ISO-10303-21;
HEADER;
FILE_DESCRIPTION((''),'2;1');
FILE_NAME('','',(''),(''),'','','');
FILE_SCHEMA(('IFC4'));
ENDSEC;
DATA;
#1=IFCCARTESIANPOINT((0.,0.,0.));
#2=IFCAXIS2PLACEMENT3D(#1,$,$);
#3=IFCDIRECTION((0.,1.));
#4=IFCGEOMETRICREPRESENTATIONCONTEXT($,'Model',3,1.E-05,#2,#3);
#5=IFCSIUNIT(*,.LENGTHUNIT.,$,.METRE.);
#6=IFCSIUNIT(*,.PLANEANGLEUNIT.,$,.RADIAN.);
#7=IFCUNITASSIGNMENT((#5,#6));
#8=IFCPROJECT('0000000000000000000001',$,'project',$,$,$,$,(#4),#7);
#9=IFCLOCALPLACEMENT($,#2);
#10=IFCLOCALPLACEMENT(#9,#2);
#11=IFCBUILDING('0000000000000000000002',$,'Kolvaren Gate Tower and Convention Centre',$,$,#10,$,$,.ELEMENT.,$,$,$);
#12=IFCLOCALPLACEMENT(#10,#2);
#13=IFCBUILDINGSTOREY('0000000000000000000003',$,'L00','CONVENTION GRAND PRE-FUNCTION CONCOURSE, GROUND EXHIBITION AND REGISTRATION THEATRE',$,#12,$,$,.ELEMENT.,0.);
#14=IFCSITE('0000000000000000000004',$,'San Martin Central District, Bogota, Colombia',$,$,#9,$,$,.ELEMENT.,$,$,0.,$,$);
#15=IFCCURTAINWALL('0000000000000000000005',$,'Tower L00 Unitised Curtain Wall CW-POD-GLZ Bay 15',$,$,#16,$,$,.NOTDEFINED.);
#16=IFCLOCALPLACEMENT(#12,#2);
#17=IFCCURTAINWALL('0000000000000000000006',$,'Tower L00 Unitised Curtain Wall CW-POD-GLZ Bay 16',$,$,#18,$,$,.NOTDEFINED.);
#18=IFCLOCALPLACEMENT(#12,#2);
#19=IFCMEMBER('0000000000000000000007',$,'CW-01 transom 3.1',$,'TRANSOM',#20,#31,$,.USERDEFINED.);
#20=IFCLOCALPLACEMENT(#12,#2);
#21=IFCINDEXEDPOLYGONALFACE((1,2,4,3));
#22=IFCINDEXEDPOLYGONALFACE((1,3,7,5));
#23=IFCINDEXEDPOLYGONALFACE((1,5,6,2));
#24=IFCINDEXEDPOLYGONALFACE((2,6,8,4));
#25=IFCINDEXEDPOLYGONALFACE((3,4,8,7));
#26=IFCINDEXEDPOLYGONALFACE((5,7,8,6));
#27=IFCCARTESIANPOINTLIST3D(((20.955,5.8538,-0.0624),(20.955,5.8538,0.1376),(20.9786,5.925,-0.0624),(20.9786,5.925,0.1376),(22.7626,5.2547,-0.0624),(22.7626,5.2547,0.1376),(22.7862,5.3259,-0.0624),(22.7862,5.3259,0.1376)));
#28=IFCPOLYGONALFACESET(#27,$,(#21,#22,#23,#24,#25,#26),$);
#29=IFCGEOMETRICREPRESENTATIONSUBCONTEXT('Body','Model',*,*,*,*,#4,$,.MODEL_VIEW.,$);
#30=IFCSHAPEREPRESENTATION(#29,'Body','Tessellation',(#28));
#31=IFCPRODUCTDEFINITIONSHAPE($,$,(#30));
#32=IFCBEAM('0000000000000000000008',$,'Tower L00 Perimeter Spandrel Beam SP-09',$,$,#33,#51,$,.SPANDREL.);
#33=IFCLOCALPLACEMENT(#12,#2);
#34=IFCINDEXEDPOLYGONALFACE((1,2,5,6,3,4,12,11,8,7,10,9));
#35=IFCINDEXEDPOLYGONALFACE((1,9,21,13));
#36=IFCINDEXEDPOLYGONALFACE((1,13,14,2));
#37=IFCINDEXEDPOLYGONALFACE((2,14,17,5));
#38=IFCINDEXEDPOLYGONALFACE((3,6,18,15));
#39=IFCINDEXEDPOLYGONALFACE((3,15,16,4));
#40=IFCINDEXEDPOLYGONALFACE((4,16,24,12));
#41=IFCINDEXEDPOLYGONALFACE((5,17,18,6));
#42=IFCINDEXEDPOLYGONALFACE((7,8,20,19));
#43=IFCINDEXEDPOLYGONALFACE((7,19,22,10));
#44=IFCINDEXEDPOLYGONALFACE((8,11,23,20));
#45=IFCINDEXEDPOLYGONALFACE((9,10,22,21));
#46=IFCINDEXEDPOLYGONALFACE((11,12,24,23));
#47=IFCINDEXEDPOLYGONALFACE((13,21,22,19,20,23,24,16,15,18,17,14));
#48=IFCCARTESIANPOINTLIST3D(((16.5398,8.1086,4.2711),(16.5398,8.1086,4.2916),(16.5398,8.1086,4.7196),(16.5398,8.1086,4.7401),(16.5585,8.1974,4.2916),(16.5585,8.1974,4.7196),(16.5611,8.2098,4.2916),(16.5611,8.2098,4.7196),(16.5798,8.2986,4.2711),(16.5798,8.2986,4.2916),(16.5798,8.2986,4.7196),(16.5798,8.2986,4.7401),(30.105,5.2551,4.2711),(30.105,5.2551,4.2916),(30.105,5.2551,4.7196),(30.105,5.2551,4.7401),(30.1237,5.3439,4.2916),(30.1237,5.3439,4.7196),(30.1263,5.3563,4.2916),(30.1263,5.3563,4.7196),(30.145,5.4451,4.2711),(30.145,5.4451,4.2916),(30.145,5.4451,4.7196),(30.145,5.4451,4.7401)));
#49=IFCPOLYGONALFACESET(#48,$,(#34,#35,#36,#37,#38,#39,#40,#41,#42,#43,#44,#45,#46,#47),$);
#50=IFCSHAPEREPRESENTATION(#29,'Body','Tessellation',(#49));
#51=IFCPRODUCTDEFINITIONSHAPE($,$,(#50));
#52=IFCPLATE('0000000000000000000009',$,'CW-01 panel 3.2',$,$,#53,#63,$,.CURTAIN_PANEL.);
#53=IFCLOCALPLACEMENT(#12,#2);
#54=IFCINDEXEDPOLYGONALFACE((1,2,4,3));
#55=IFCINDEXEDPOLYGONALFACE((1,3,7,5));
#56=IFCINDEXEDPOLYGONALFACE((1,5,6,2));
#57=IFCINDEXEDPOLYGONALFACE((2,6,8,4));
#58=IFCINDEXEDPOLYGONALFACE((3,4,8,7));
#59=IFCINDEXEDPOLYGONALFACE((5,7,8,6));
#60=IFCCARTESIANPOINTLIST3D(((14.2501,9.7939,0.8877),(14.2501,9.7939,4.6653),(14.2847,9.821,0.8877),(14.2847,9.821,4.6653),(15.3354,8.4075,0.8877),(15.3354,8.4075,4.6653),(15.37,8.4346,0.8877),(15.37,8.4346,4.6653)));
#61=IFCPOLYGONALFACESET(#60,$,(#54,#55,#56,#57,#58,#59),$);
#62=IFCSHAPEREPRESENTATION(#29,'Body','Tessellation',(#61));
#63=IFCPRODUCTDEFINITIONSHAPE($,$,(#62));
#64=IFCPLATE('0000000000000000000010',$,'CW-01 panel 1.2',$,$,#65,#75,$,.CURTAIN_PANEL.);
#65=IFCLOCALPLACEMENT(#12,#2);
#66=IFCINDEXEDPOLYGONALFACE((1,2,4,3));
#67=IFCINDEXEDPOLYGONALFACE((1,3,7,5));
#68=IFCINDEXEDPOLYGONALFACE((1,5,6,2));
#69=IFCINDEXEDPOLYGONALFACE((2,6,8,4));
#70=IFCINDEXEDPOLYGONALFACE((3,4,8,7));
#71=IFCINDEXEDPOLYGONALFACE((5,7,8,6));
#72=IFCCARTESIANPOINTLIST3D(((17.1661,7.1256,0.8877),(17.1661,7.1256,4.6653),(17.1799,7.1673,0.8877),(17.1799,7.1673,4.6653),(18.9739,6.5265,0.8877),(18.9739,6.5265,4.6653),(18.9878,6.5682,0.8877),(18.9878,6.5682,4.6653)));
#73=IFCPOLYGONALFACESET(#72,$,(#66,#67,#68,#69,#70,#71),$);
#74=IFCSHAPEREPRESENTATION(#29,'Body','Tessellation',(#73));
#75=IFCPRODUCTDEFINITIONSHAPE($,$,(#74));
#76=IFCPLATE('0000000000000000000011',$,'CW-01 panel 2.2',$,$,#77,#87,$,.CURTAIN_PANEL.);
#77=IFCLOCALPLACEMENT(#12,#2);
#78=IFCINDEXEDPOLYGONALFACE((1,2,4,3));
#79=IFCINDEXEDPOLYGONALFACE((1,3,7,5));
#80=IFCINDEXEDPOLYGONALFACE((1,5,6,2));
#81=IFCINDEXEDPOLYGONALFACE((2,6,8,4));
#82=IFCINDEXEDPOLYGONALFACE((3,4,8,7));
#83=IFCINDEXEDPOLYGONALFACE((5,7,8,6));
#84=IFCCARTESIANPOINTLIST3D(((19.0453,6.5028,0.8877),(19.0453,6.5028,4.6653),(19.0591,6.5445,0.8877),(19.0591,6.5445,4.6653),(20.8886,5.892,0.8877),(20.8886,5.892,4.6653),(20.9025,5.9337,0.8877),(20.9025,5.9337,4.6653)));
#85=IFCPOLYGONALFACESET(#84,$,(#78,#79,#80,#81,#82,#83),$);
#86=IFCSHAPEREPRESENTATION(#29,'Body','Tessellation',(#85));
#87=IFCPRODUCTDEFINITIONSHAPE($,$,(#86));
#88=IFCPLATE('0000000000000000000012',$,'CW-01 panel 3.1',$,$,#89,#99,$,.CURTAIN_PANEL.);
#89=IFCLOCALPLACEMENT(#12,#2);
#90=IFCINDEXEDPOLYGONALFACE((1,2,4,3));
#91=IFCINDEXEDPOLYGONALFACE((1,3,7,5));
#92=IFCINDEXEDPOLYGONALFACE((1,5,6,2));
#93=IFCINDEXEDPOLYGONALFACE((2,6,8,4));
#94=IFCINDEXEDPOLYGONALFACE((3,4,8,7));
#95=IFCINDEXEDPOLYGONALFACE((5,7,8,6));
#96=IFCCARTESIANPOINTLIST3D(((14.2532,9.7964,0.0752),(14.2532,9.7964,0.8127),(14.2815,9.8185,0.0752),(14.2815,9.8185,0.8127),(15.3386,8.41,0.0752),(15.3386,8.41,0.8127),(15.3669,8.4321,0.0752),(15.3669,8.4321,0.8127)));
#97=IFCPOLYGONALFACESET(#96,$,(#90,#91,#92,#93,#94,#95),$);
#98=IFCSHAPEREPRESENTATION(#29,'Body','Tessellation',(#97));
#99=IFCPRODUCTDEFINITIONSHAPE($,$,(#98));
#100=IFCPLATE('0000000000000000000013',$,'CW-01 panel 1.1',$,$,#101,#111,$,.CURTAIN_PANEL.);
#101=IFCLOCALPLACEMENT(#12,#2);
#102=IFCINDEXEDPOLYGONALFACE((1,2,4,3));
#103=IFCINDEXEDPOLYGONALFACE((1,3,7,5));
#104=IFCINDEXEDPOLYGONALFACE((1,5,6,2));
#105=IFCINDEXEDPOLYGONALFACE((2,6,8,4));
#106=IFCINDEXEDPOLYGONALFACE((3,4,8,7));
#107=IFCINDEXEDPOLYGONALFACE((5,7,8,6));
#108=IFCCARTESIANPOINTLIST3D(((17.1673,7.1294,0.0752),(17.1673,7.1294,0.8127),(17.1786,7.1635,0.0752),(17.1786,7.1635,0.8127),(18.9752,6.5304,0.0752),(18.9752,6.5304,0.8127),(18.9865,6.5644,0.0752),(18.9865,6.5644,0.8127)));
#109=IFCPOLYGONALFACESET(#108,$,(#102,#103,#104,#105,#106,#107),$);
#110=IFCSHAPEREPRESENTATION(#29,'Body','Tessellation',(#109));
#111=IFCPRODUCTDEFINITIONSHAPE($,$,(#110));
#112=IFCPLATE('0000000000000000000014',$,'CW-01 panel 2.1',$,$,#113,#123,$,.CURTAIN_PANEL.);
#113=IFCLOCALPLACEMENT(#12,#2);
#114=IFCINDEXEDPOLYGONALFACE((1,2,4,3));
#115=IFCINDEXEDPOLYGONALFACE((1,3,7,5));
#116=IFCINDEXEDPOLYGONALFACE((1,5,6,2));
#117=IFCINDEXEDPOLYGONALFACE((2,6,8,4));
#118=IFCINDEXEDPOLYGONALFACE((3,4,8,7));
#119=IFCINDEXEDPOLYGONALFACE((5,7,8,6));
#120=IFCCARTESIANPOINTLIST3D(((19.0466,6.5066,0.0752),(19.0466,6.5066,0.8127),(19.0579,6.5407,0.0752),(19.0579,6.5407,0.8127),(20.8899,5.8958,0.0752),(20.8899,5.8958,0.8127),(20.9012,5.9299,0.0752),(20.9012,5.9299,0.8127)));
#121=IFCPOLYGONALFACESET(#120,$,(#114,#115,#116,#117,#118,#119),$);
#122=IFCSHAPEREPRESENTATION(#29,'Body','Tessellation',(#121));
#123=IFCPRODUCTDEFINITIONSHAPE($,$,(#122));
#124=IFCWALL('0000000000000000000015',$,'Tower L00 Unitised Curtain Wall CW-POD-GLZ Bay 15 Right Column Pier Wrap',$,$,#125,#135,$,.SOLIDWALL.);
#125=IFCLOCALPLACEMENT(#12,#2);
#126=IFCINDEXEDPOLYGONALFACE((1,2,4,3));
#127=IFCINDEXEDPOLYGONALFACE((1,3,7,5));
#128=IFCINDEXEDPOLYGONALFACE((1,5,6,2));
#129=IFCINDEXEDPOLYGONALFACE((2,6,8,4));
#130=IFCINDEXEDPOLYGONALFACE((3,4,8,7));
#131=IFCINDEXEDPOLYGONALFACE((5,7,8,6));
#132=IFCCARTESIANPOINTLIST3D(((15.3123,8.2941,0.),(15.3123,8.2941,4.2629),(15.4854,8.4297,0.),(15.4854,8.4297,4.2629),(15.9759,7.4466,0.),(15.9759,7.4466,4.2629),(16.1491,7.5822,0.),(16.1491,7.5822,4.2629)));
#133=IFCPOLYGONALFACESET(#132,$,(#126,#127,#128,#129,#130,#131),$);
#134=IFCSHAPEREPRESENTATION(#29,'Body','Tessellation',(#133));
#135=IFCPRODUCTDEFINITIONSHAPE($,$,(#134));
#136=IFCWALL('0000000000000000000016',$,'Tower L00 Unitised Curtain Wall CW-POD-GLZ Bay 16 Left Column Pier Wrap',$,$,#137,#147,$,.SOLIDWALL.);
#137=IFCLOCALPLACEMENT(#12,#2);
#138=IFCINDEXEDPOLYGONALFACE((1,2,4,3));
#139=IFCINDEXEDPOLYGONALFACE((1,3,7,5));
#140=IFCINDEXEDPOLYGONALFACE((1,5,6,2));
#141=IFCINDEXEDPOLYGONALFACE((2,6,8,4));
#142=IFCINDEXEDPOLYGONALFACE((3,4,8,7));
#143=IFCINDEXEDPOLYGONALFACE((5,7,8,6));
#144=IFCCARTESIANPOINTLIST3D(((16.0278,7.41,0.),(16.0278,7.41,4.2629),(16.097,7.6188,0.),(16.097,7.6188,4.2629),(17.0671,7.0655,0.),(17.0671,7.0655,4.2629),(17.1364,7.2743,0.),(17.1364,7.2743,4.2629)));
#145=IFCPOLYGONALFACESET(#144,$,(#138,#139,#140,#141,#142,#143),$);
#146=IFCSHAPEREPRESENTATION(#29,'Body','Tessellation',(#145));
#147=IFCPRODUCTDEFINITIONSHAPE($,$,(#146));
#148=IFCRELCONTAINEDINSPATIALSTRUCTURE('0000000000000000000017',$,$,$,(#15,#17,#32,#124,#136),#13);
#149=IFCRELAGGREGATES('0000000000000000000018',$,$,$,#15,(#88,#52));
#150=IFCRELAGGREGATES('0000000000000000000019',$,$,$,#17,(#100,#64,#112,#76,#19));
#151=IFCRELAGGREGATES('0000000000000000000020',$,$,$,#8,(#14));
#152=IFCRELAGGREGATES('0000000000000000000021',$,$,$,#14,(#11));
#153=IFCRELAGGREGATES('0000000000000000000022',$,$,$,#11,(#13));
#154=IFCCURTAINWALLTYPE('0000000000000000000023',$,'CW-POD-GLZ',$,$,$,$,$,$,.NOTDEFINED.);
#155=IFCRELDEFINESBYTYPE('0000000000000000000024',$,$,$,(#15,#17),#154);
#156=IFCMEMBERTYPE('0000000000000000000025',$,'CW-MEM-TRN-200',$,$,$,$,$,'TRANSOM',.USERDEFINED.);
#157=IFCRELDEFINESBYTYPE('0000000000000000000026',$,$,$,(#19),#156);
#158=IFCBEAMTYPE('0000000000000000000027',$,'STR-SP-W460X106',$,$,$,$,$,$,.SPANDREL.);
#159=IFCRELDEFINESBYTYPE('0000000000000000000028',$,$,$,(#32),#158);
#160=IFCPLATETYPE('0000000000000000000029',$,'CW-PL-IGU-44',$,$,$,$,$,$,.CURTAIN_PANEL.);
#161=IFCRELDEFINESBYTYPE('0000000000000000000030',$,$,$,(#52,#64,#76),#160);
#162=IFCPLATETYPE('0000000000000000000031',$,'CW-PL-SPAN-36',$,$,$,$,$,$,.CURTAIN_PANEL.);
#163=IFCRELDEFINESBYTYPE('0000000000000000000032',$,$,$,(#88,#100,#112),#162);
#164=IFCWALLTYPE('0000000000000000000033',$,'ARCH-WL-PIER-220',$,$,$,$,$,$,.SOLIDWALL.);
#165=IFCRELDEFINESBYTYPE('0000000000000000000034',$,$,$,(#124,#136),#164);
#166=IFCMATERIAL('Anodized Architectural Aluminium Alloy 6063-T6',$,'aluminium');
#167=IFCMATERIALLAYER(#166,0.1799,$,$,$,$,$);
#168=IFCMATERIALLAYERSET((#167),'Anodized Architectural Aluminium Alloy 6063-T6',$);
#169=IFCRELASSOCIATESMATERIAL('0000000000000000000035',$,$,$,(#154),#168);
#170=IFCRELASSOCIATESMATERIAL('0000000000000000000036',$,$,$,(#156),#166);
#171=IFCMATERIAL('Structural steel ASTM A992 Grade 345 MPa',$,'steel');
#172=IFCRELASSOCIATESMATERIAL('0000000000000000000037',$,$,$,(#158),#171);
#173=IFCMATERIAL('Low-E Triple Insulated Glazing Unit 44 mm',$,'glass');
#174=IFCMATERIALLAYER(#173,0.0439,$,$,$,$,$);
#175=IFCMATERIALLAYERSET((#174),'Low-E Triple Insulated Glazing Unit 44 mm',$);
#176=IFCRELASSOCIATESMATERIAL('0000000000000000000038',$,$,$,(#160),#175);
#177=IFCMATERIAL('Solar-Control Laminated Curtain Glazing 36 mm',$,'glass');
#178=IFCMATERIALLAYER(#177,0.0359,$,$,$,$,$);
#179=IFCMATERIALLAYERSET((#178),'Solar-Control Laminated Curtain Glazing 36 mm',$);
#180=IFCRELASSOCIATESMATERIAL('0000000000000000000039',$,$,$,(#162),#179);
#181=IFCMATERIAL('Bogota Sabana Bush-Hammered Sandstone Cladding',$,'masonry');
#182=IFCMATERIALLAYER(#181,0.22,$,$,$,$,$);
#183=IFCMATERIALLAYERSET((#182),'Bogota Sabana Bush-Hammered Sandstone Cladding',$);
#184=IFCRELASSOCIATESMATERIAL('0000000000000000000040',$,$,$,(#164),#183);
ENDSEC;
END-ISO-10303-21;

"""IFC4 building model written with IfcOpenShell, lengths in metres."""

from ifc_helpers import new_model, si_unit, direction, frame, frame_2d, origin, origin_2d, place, context, subcontext, project, spatial, rectangle, i_section, extrude, material, layer, layer_set, material_profile, profile_set, type_object, element, aggregate, save


model = new_model("IFC4")

# Units and contexts
model_context = context("Model", 3, precision=1e-05, world=origin(), true_north=direction((0.0, 1.0)))
body_context = subcontext(model_context, "Body", "Model", "MODEL_VIEW")
ifc_project = project(units=[si_unit("LENGTHUNIT", "METRE"), si_unit("PLANEANGLEUNIT", "RADIAN")], contexts=[model_context])

# Site, building, storey
site_placement = place(None, origin())
site = spatial("IfcSite", under=ifc_project, at=site_placement, Name="San Martin Central District, Bogota, Colombia", CompositionType="ELEMENT", RefElevation=0.0)
building_placement = place(site_placement, origin())
building = spatial("IfcBuilding", under=site, at=building_placement, Name="Kolvaren Gate Tower and Convention Centre", CompositionType="ELEMENT")
storey_placement = place(building_placement, origin())
storey = spatial("IfcBuildingStorey", under=building, at=storey_placement, Name="L00", Description="CONVENTION GRAND PRE-FUNCTION CONCOURSE, GROUND EXHIBITION AND REGISTRATION THEATRE", CompositionType="ELEMENT", Elevation=0.0)

# Curtain wall
ifc_material_1 = material(Name="Anodized Architectural Aluminium Alloy 6063-T6", Category="aluminium")
ifc_layer_1 = layer(ifc_material_1, 0.1799)
ifc_layer_set_1 = layer_set([ifc_layer_1], Name="Anodized Architectural Aluminium Alloy 6063-T6")
curtain_wall_type = type_object("IfcCurtainWallType", Name="CW-POD-GLZ", PredefinedType="NOTDEFINED", material=ifc_layer_set_1)
curtain_wall_1_placement = place(storey_placement, origin())
curtain_wall_1 = element("IfcCurtainWall", 1, at=curtain_wall_1_placement, inside=storey, type_object=curtain_wall_type, Name="Tower L00 Unitised Curtain Wall CW-POD-GLZ Bay 15", PredefinedType="NOTDEFINED")

# Curtain wall
curtain_wall_2_placement = place(storey_placement, origin())
curtain_wall_2 = element("IfcCurtainWall", 2, at=curtain_wall_2_placement, inside=storey, type_object=curtain_wall_type, Name="Tower L00 Unitised Curtain Wall CW-POD-GLZ Bay 16", PredefinedType="NOTDEFINED")

# Member
ifc_material_profile_1 = material_profile(ifc_material_1, rectangle(XDim=0.075, YDim=0.2, at=origin_2d()), Name="CW-MEM-TRN-200")
ifc_profile_set_1 = profile_set([ifc_material_profile_1], Name="Anodized Architectural Aluminium Alloy 6063-T6")
member_type_1 = type_object("IfcMemberType", Name="CW-MEM-TRN-200", ElementType="TRANSOM", PredefinedType="USERDEFINED", material=ifc_profile_set_1)
member_1_placement = place(storey_placement, frame((20.9668, 5.8894, 0.0376), z_axis=(0.94922, -0.314612, 0.0), x_axis=(0.314612, 0.94922, 0.0)))
member_1 = element("IfcMember", 3, at=member_1_placement, type_object=member_type_1, Name="CW-01 transom 3.1", ObjectType="TRANSOM", PredefinedType="USERDEFINED", context=body_context, shape_type="SweptSolid", body=[
    extrude(rectangle(XDim=0.075, YDim=0.2, at=origin_2d()), origin(), (0.0, 0.0, 1.0), 1.9043),
])

# Beam
ifc_material_2 = material(Name="Structural steel ASTM A992 Grade 345 MPa", Category="steel")
ifc_material_profile_2 = material_profile(ifc_material_2, i_section(OverallWidth=0.1941, OverallDepth=0.469, WebThickness=0.0127, FlangeThickness=0.0205, at=origin_2d()), Name="W460X106")
ifc_profile_set_2 = profile_set([ifc_material_profile_2], Name="Structural steel ASTM A992 Grade 345 MPa")
beam_type = type_object("IfcBeamType", Name="STR-SP-W460X106", PredefinedType="SPANDREL", material=ifc_profile_set_2)
beam_placement = place(storey_placement, frame((16.5598, 8.2036, 4.5056), z_axis=(0.978583, -0.205851, 0.0), x_axis=(0.205851, 0.978583, 0.0)))
element("IfcBeam", 4, at=beam_placement, inside=storey, type_object=beam_type, Name="Tower L00 Perimeter Spandrel Beam SP-09", PredefinedType="SPANDREL", context=body_context, shape_type="SweptSolid", body=[
    extrude(i_section(OverallWidth=0.1941, OverallDepth=0.469, WebThickness=0.0127, FlangeThickness=0.0205, at=origin_2d()), origin(), (0.0, 0.0, 1.0), 13.8621),
])

# Plates
ifc_material_3 = material(Name="Low-E Triple Insulated Glazing Unit 44 mm", Category="glass")
ifc_layer_2 = layer(ifc_material_3, 0.0439)
ifc_layer_set_2 = layer_set([ifc_layer_2], Name="Low-E Triple Insulated Glazing Unit 44 mm")
plate_type_1 = type_object("IfcPlateType", Name="CW-PL-IGU-44", PredefinedType="CURTAIN_PANEL", material=ifc_layer_set_2)
plate_1_placement = place(storey_placement, frame((14.8101, 9.1143, 0.8877), z_axis=(0.0, 0.0, 1.0), x_axis=(0.616421, -0.787417, 0.0)))
plate_1 = element("IfcPlate", 5, at=plate_1_placement, type_object=plate_type_1, Name="CW-01 panel 3.2", PredefinedType="CURTAIN_PANEL", context=body_context, shape_type="SweptSolid", body=[
    extrude(rectangle(XDim=1.7607, YDim=0.0439, at=origin_2d()), origin(), (0.0, 0.0, 1.0), 3.7776),
])
plate_2_placement = place(storey_placement, frame((18.0769, 6.8469, 0.8877), z_axis=(0.0, 0.0, 1.0), x_axis=(0.949242, -0.314547, 0.0)))
plate_2 = element("IfcPlate", 6, at=plate_2_placement, type_object=plate_type_1, Name="CW-01 panel 1.2", PredefinedType="CURTAIN_PANEL", context=body_context, shape_type="SweptSolid", body=[
    extrude(rectangle(XDim=1.9045, YDim=0.0439, at=origin_2d()), origin(), (0.0, 0.0, 1.0), 3.7776),
])
plate_3_placement = place(storey_placement, frame((19.9739, 6.2183, 0.8877), z_axis=(0.0, 0.0, 1.0), x_axis=(0.949242, -0.314547, 0.0)))
plate_3 = element("IfcPlate", 7, at=plate_3_placement, type_object=plate_type_1, Name="CW-01 panel 2.2", PredefinedType="CURTAIN_PANEL", context=body_context, shape_type="SweptSolid", body=[
    extrude(rectangle(XDim=1.9419, YDim=0.0439, at=origin_2d()), origin(), (0.0, 0.0, 1.0), 3.7776),
])
ifc_material_4 = material(Name="Solar-Control Laminated Curtain Glazing 36 mm", Category="glass")
ifc_layer_3 = layer(ifc_material_4, 0.0359)
ifc_layer_set_3 = layer_set([ifc_layer_3], Name="Solar-Control Laminated Curtain Glazing 36 mm")
plate_type_2 = type_object("IfcPlateType", Name="CW-PL-SPAN-36", PredefinedType="CURTAIN_PANEL", material=ifc_layer_set_3)
plate_4_placement = place(storey_placement, frame((14.8101, 9.1143, 0.0752), z_axis=(0.0, 0.0, 1.0), x_axis=(0.616421, -0.787417, 0.0)))
plate_4 = element("IfcPlate", 8, at=plate_4_placement, type_object=plate_type_2, Name="CW-01 panel 3.1", PredefinedType="CURTAIN_PANEL", context=body_context, shape_type="SweptSolid", body=[
    extrude(rectangle(XDim=1.7607, YDim=0.0359, at=origin_2d()), origin(), (0.0, 0.0, 1.0), 0.7375),
])
aggregate(curtain_wall_1, [plate_4, plate_1])
plate_5_placement = place(storey_placement, frame((18.0769, 6.8469, 0.0752), z_axis=(0.0, 0.0, 1.0), x_axis=(0.949242, -0.314547, 0.0)))
plate_5 = element("IfcPlate", 9, at=plate_5_placement, type_object=plate_type_2, Name="CW-01 panel 1.1", PredefinedType="CURTAIN_PANEL", context=body_context, shape_type="SweptSolid", body=[
    extrude(rectangle(XDim=1.9045, YDim=0.0359, at=origin_2d()), origin(), (0.0, 0.0, 1.0), 0.7375),
])
plate_6_placement = place(storey_placement, frame((19.9739, 6.2183, 0.0752), z_axis=(0.0, 0.0, 1.0), x_axis=(0.949242, -0.314547, 0.0)))
plate_6 = element("IfcPlate", 10, at=plate_6_placement, type_object=plate_type_2, Name="CW-01 panel 2.1", PredefinedType="CURTAIN_PANEL", context=body_context, shape_type="SweptSolid", body=[
    extrude(rectangle(XDim=1.9419, YDim=0.0359, at=origin_2d()), origin(), (0.0, 0.0, 1.0), 0.7375),
])
aggregate(curtain_wall_2, [plate_5, plate_2, plate_6, plate_3, member_1])

# Walls
ifc_material_5 = material(Name="Bogota Sabana Bush-Hammered Sandstone Cladding", Category="masonry")
ifc_layer_4 = layer(ifc_material_5, 0.22)
ifc_layer_set_4 = layer_set([ifc_layer_4], Name="Bogota Sabana Bush-Hammered Sandstone Cladding")
wall_type = type_object("IfcWallType", Name="ARCH-WL-PIER-220", PredefinedType="SOLIDWALL", material=ifc_layer_set_4)
wall_1_placement = place(storey_placement, frame((15.3989, 8.3618, 0.0), z_axis=(0.0, 0.0, 1.0), x_axis=(0.616528, -0.787333, 0.0)))
element("IfcWall", 11, at=wall_1_placement, inside=storey, type_object=wall_type, Name="Tower L00 Unitised Curtain Wall CW-POD-GLZ Bay 15 Right Column Pier Wrap", PredefinedType="SOLIDWALL", context=body_context, shape_type="SweptSolid", body=[
    extrude(rectangle(XDim=1.0764, YDim=0.22, at=frame_2d((0.5381, 0.0))), origin(), (0.0, 0.0, 1.0), 4.2629),
])
wall_2_placement = place(storey_placement, frame((16.0625, 7.5144, 0.0), z_axis=(0.0, 0.0, 1.0), x_axis=(0.949217, -0.314622, 0.0)))
element("IfcWall", 12, at=wall_2_placement, inside=storey, type_object=wall_type, Name="Tower L00 Unitised Curtain Wall CW-POD-GLZ Bay 16 Left Column Pier Wrap", PredefinedType="SOLIDWALL", context=body_context, shape_type="SweptSolid", body=[
    extrude(rectangle(XDim=1.095, YDim=0.22, at=frame_2d((0.5474, 0.0))), origin(), (0.0, 0.0, 1.0), 4.2629),
])

save(model, "model.ifc")
